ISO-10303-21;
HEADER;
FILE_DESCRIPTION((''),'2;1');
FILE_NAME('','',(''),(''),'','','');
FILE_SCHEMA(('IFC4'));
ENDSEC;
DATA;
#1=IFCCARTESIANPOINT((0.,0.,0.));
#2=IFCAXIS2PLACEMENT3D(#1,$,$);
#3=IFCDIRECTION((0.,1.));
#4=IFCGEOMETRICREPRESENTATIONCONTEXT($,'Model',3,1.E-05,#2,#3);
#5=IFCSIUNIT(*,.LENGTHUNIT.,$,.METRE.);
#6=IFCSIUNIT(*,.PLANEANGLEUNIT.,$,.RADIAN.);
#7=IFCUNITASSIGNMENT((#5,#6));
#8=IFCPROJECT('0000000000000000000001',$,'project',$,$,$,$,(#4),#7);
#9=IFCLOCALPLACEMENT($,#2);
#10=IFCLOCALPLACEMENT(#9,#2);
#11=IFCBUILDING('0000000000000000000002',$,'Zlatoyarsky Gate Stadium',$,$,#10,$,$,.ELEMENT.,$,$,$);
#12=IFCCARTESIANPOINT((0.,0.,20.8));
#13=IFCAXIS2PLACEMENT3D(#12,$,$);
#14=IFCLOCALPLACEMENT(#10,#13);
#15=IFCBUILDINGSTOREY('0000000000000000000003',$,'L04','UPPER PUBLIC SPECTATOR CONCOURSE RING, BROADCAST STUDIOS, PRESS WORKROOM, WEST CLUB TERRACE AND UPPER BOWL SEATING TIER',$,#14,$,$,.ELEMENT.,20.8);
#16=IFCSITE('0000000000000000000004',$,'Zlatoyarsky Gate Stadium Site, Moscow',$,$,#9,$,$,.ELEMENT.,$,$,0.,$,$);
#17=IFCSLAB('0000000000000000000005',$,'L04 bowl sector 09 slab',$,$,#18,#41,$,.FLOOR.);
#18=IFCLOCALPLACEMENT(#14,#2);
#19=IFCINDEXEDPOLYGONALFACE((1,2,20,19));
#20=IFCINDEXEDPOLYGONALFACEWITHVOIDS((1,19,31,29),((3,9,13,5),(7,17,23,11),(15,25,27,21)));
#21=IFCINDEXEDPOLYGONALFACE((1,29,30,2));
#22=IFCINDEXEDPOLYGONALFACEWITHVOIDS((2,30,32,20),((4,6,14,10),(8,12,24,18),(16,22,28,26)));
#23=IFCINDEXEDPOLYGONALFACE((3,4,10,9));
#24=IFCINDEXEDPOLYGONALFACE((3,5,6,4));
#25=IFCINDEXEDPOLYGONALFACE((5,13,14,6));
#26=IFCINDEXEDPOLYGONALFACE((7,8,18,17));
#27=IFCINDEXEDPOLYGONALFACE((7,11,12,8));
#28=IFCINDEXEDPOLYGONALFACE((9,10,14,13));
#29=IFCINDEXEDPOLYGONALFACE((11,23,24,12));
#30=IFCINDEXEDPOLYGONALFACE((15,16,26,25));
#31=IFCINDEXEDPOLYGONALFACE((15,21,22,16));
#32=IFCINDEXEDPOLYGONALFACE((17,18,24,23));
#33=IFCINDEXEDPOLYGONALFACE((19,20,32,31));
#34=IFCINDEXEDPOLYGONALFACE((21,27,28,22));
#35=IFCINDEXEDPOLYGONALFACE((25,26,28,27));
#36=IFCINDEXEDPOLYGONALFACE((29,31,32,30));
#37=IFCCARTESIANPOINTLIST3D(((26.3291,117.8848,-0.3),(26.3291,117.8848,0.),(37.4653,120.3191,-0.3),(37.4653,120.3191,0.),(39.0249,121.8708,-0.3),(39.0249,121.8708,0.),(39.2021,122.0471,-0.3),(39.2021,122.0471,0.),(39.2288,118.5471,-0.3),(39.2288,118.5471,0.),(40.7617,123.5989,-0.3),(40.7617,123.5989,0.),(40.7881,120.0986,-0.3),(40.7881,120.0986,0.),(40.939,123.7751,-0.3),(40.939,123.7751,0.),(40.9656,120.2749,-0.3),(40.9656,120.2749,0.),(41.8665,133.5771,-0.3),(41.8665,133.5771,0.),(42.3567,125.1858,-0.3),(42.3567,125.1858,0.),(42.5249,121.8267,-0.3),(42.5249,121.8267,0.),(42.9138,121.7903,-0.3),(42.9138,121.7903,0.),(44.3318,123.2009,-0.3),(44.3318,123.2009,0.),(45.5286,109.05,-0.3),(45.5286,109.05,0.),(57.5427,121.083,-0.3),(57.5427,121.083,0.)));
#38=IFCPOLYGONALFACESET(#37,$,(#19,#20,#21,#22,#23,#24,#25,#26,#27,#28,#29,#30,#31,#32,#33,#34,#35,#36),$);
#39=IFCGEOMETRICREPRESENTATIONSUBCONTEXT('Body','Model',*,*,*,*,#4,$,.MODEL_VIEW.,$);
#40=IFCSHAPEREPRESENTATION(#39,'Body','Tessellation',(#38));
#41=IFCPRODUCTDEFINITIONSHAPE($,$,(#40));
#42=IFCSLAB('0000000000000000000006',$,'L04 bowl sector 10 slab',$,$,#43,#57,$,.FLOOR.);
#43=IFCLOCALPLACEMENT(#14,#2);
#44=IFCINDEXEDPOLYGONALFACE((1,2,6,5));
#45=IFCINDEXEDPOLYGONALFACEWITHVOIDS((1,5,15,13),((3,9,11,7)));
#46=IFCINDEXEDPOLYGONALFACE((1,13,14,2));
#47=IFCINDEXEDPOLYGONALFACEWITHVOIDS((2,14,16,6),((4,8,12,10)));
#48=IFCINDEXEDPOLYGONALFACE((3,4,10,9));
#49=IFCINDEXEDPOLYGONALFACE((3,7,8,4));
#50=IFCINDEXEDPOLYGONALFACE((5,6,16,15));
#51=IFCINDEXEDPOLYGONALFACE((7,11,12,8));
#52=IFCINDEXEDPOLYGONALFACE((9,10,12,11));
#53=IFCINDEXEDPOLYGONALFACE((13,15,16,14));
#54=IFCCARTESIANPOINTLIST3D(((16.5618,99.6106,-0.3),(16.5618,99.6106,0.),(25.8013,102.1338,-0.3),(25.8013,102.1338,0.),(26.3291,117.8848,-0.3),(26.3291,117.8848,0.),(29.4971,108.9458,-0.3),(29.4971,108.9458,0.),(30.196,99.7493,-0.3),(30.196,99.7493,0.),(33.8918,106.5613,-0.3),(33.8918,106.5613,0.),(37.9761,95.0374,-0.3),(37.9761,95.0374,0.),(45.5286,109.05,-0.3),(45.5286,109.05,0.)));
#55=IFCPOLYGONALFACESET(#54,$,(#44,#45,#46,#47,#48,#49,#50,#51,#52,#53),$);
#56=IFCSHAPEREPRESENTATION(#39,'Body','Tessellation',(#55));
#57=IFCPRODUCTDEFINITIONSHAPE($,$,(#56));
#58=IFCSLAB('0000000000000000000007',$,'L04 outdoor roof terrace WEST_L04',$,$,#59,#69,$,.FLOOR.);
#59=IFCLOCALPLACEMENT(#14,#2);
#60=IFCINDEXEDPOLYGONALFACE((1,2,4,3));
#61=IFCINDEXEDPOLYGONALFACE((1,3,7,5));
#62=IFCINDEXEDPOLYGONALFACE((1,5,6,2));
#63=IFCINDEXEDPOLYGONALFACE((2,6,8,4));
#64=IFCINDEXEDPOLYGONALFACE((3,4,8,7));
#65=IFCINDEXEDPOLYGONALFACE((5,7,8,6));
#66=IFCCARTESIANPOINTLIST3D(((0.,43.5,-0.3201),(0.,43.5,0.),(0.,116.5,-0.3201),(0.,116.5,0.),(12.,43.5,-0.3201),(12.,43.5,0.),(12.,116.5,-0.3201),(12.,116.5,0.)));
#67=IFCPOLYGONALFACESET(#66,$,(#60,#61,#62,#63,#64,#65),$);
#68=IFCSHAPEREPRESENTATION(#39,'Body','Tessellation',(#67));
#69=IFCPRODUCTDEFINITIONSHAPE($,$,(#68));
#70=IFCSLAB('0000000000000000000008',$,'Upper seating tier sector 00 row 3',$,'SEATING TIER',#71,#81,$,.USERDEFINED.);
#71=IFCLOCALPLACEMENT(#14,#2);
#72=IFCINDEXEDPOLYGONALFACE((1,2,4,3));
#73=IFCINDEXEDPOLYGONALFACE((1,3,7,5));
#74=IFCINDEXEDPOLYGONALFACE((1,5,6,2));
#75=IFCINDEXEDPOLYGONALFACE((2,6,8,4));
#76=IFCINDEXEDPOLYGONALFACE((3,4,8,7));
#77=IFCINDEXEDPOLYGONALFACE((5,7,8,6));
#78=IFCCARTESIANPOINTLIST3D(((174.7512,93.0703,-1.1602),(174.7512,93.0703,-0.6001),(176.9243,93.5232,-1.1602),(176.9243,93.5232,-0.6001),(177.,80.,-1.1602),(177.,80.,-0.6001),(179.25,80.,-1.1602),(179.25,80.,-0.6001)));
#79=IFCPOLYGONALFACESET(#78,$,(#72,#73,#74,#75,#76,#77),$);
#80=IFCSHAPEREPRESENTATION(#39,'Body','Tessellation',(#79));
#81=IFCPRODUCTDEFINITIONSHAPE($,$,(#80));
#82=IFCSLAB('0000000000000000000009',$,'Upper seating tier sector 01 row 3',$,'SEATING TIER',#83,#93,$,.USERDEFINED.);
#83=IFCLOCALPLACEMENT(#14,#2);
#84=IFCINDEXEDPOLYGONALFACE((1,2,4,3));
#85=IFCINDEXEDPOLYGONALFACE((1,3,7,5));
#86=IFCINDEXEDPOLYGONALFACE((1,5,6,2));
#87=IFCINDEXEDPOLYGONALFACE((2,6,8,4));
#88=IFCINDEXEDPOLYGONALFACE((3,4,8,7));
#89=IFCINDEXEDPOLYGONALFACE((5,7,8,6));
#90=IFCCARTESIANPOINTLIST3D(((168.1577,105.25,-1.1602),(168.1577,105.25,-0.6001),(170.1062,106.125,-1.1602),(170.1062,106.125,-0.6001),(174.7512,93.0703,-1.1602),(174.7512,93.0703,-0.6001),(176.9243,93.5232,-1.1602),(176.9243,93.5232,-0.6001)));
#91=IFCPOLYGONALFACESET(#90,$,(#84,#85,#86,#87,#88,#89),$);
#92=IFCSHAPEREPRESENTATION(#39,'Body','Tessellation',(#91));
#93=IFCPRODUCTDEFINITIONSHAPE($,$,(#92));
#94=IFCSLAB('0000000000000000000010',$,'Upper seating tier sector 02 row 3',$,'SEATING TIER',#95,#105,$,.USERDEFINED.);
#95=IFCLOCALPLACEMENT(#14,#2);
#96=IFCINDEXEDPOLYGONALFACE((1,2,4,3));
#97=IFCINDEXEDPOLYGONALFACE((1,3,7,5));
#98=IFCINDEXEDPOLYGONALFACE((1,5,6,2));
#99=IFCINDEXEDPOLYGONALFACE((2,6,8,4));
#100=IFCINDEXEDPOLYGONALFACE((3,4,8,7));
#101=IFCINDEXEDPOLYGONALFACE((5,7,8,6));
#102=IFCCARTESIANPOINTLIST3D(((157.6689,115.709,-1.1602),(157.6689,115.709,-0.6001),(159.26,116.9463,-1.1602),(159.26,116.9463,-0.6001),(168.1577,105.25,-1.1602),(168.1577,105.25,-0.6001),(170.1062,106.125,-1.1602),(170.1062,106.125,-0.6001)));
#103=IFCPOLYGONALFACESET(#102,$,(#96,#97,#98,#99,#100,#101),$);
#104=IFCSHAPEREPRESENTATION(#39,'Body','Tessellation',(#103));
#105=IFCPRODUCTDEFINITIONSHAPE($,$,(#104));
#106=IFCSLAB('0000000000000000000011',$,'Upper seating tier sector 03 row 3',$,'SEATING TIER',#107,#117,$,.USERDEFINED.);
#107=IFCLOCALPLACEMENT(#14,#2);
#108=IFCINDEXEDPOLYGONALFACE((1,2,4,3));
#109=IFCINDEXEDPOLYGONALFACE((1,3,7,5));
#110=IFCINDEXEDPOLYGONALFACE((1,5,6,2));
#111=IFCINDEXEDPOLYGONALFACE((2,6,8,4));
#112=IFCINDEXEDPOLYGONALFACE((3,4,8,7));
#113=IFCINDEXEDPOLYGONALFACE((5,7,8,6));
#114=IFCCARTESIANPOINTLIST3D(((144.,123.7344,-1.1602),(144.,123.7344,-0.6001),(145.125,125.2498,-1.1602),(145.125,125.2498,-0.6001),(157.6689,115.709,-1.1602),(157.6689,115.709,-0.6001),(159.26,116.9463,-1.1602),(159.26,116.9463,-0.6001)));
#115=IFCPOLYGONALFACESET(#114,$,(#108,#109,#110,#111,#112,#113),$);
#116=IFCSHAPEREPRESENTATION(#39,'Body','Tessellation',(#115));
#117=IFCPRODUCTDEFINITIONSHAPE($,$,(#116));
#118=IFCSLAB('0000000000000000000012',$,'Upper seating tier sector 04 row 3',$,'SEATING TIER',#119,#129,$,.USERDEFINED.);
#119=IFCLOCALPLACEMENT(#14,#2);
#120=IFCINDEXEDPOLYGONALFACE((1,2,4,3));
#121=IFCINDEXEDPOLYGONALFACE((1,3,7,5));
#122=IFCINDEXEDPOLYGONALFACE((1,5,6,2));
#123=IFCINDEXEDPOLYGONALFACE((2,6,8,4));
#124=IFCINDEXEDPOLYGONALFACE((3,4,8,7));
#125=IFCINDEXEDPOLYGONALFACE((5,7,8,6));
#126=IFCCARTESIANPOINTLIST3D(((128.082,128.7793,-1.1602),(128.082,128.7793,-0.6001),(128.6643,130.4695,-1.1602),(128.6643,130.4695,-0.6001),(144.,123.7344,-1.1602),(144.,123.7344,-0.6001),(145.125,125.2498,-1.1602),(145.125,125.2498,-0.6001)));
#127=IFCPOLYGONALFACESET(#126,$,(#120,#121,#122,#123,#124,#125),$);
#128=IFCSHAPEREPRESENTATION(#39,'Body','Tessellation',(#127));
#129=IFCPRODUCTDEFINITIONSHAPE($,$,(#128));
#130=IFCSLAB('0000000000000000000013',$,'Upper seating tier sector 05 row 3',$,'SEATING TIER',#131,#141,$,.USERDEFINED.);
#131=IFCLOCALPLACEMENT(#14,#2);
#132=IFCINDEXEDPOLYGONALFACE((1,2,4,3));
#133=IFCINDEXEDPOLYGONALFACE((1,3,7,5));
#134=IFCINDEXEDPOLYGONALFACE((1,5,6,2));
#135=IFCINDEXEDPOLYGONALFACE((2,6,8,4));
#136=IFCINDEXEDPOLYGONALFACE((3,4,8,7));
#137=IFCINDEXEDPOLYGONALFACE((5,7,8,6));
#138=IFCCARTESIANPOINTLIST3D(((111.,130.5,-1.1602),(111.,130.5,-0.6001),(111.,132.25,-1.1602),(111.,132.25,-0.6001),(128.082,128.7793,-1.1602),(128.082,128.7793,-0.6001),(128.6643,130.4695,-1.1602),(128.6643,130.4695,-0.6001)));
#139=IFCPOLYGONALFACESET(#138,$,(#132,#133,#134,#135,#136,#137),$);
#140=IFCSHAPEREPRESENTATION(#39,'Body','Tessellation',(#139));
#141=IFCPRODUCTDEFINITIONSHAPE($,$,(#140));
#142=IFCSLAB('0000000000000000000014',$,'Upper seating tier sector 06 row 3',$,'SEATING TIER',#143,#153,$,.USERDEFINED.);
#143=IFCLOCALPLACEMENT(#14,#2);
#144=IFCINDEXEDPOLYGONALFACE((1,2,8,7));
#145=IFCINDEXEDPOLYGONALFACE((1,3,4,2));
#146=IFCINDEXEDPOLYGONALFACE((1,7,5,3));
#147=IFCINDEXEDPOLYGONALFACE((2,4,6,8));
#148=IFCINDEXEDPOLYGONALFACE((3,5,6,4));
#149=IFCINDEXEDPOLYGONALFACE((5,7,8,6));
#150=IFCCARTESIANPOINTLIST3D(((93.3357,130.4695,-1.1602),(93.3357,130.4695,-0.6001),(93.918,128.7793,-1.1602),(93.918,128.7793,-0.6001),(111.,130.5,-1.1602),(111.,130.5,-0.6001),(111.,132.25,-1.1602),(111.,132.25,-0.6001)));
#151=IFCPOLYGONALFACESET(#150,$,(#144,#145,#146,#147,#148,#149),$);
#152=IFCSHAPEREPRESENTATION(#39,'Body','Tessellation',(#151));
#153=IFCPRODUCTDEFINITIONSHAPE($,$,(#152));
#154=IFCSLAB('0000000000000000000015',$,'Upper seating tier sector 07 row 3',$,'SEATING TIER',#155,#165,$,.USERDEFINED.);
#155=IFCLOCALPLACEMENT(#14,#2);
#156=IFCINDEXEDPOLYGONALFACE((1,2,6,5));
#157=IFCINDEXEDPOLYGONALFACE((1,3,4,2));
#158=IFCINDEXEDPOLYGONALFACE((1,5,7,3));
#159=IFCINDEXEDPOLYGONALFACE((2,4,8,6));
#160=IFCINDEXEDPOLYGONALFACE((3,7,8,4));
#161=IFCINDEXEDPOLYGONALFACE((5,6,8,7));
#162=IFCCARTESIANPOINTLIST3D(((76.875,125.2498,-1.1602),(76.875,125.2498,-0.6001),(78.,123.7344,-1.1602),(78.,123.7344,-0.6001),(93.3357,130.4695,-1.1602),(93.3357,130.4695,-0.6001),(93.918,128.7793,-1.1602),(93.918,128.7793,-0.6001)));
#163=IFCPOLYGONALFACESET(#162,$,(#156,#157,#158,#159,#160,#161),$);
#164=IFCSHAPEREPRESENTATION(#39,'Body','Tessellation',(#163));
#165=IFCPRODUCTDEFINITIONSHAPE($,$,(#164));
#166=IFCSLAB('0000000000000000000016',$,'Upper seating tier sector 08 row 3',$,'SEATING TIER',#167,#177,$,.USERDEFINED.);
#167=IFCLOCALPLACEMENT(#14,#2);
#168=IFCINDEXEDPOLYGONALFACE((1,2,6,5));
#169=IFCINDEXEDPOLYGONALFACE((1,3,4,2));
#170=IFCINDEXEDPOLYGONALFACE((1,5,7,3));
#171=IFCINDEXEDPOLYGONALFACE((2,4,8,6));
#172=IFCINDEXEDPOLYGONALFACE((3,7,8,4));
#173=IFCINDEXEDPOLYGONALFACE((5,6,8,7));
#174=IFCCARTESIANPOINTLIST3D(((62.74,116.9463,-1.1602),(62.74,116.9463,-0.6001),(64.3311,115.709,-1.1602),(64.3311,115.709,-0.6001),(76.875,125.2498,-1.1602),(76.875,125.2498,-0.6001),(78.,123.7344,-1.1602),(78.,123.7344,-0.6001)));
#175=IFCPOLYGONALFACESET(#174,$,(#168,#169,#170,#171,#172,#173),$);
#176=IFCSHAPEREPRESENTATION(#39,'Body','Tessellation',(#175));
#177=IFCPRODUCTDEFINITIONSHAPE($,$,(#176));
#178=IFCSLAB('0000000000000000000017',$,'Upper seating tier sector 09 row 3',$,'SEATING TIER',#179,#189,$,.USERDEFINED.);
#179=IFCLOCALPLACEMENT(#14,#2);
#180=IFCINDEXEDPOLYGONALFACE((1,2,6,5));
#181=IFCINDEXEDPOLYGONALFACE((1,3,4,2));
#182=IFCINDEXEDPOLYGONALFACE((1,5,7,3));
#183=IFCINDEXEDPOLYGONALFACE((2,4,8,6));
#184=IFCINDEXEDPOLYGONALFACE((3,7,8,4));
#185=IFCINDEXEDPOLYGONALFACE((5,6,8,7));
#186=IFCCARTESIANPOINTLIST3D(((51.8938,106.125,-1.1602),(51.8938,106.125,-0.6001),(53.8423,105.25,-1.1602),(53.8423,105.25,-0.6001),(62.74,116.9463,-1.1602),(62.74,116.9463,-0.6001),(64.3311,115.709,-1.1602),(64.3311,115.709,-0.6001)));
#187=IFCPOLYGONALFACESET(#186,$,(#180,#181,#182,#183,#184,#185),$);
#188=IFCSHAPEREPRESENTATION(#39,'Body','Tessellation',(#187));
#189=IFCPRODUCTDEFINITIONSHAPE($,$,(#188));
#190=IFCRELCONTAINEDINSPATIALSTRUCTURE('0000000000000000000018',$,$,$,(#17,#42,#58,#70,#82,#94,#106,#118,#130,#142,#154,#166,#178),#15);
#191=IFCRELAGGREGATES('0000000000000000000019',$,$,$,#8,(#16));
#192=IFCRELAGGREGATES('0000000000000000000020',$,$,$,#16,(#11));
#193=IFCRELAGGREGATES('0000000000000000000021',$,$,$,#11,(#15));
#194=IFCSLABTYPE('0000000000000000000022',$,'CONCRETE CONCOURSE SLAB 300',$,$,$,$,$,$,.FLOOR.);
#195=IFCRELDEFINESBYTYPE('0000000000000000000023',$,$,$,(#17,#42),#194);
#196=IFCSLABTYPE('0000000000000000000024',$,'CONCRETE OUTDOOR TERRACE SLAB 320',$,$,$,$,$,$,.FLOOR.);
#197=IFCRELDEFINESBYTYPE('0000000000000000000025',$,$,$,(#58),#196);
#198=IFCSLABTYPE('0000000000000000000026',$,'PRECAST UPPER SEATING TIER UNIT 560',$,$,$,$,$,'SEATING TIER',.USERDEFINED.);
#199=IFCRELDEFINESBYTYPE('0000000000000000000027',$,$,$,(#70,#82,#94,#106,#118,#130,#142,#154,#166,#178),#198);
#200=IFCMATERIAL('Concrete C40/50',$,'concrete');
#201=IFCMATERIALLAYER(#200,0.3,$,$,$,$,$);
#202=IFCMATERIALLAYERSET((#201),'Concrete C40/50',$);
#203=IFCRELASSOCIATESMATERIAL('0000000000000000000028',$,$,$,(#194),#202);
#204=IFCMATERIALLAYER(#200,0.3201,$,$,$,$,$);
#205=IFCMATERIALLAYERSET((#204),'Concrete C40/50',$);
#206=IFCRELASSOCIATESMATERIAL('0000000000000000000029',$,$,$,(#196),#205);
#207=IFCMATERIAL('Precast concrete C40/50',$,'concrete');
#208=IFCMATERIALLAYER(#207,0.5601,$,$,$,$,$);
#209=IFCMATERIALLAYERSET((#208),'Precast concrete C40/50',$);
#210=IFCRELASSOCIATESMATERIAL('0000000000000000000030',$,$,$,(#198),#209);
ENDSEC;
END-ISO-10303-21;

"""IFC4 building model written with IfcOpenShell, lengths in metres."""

from ifc_helpers import new_model, si_unit, direction, frame, origin, place, context, subcontext, project, spatial, polyline, outline, extrude, material, layer, layer_set, type_object, element, save


model = new_model("IFC4")

# Units and contexts
model_context = context("Model", 3, precision=1e-05, world=origin(), true_north=direction((0.0, 1.0)))
body_context = subcontext(model_context, "Body", "Model", "MODEL_VIEW")
ifc_project = project(units=[si_unit("LENGTHUNIT", "METRE"), si_unit("PLANEANGLEUNIT", "RADIAN")], contexts=[model_context])

# Site, building, storey
site_placement = place(None, origin())
site = spatial("IfcSite", under=ifc_project, at=site_placement, Name="Zlatoyarsky Gate Stadium Site, Moscow", CompositionType="ELEMENT", RefElevation=0.0)
building_placement = place(site_placement, origin())
building = spatial("IfcBuilding", under=site, at=building_placement, Name="Zlatoyarsky Gate Stadium", CompositionType="ELEMENT")
storey_placement = place(building_placement, frame((0.0, 0.0, 20.8)))
storey = spatial("IfcBuildingStorey", under=building, at=storey_placement, Name="L04", Description="UPPER PUBLIC SPECTATOR CONCOURSE RING, BROADCAST STUDIOS, PRESS WORKROOM, WEST CLUB TERRACE AND UPPER BOWL SEATING TIER", CompositionType="ELEMENT", Elevation=20.8)

# Slabs
ifc_material_1 = material(Name="Concrete C40/50", Category="concrete")
ifc_layer_1 = layer(ifc_material_1, 0.3)
ifc_layer_set_1 = layer_set([ifc_layer_1], Name="Concrete C40/50")
slab_type_1 = type_object("IfcSlabType", Name="CONCRETE CONCOURSE SLAB 300", PredefinedType="FLOOR", material=ifc_layer_set_1)
slab_1_placement = place(storey_placement, frame((0.0, 0.0, -0.3)))
element("IfcSlab", 1, at=slab_1_placement, inside=storey, type_object=slab_type_1, Name="L04 bowl sector 09 slab", PredefinedType="FLOOR", context=body_context, shape_type="SweptSolid", body=[
    extrude(outline(polyline([(45.5286, 109.05), (26.3291, 117.8848), (41.8665, 133.5771), (57.5427, 121.083), (45.5286, 109.05)]), holes=[polyline([(39.0249, 121.8708), (37.4653, 120.3191), (39.2288, 118.5471), (40.7881, 120.0986), (39.0249, 121.8708)]), polyline([(40.7617, 123.5989), (39.2021, 122.0471), (40.9656, 120.2749), (42.5249, 121.8267), (40.7617, 123.5989)]), polyline([(42.3567, 125.1858), (40.939, 123.7751), (42.9138, 121.7903), (44.3318, 123.2009), (42.3567, 125.1858)])]), origin(), (0.0, 0.0, 1.0), 0.3),
])
slab_2_placement = place(storey_placement, frame((0.0, 0.0, -0.3)))
element("IfcSlab", 2, at=slab_2_placement, inside=storey, type_object=slab_type_1, Name="L04 bowl sector 10 slab", PredefinedType="FLOOR", context=body_context, shape_type="SweptSolid", body=[
    extrude(outline(polyline([(37.9761, 95.0374), (16.5618, 99.6106), (26.3291, 117.8848), (45.5286, 109.05), (37.9761, 95.0374)]), holes=[polyline([(29.4971, 108.9458), (25.8013, 102.1338), (30.196, 99.7493), (33.8918, 106.5613), (29.4971, 108.9458)])]), origin(), (0.0, 0.0, 1.0), 0.3),
])
ifc_layer_2 = layer(ifc_material_1, 0.3201)
ifc_layer_set_2 = layer_set([ifc_layer_2], Name="Concrete C40/50")
slab_type_2 = type_object("IfcSlabType", Name="CONCRETE OUTDOOR TERRACE SLAB 320", PredefinedType="FLOOR", material=ifc_layer_set_2)
slab_3_placement = place(storey_placement, frame((0.0, 0.0, -0.3201)))
element("IfcSlab", 3, at=slab_3_placement, inside=storey, type_object=slab_type_2, Name="L04 outdoor roof terrace WEST_L04", PredefinedType="FLOOR", context=body_context, shape_type="SweptSolid", body=[
    extrude(outline(polyline([(0.0, 43.5), (0.0, 116.5), (12.0, 116.5), (12.0, 43.5), (0.0, 43.5)])), origin(), (0.0, 0.0, 1.0), 0.3201),
])
ifc_material_2 = material(Name="Precast concrete C40/50", Category="concrete")
ifc_layer_3 = layer(ifc_material_2, 0.5601)
ifc_layer_set_3 = layer_set([ifc_layer_3], Name="Precast concrete C40/50")
slab_type_3 = type_object("IfcSlabType", Name="PRECAST UPPER SEATING TIER UNIT 560", ElementType="SEATING TIER", PredefinedType="USERDEFINED", material=ifc_layer_set_3)
slab_4_placement = place(storey_placement, frame((0.0, 0.0, -1.1602)))
element("IfcSlab", 4, at=slab_4_placement, inside=storey, type_object=slab_type_3, Name="Upper seating tier sector 00 row 3", ObjectType="SEATING TIER", PredefinedType="USERDEFINED", context=body_context, shape_type="SweptSolid", body=[
    extrude(outline(polyline([(177.0, 80.0), (179.25, 80.0), (176.9243, 93.5232), (174.7512, 93.0703), (177.0, 80.0)])), origin(), (0.0, 0.0, 1.0), 0.5601),
])
slab_5_placement = place(storey_placement, frame((0.0, 0.0, -1.1602)))
element("IfcSlab", 5, at=slab_5_placement, inside=storey, type_object=slab_type_3, Name="Upper seating tier sector 01 row 3", ObjectType="SEATING TIER", PredefinedType="USERDEFINED", context=body_context, shape_type="SweptSolid", body=[
    extrude(outline(polyline([(174.7512, 93.0703), (176.9243, 93.5232), (170.1062, 106.125), (168.1577, 105.25), (174.7512, 93.0703)])), origin(), (0.0, 0.0, 1.0), 0.5601),
])
slab_6_placement = place(storey_placement, frame((0.0, 0.0, -1.1602)))
element("IfcSlab", 6, at=slab_6_placement, inside=storey, type_object=slab_type_3, Name="Upper seating tier sector 02 row 3", ObjectType="SEATING TIER", PredefinedType="USERDEFINED", context=body_context, shape_type="SweptSolid", body=[
    extrude(outline(polyline([(168.1577, 105.25), (170.1062, 106.125), (159.26, 116.9463), (157.6689, 115.709), (168.1577, 105.25)])), origin(), (0.0, 0.0, 1.0), 0.5601),
])
slab_7_placement = place(storey_placement, frame((0.0, 0.0, -1.1602)))
element("IfcSlab", 7, at=slab_7_placement, inside=storey, type_object=slab_type_3, Name="Upper seating tier sector 03 row 3", ObjectType="SEATING TIER", PredefinedType="USERDEFINED", context=body_context, shape_type="SweptSolid", body=[
    extrude(outline(polyline([(157.6689, 115.709), (159.26, 116.9463), (145.125, 125.2498), (144.0, 123.7344), (157.6689, 115.709)])), origin(), (0.0, 0.0, 1.0), 0.5601),
])
slab_8_placement = place(storey_placement, frame((0.0, 0.0, -1.1602)))
element("IfcSlab", 8, at=slab_8_placement, inside=storey, type_object=slab_type_3, Name="Upper seating tier sector 04 row 3", ObjectType="SEATING TIER", PredefinedType="USERDEFINED", context=body_context, shape_type="SweptSolid", body=[
    extrude(outline(polyline([(144.0, 123.7344), (145.125, 125.2498), (128.6643, 130.4695), (128.082, 128.7793), (144.0, 123.7344)])), origin(), (0.0, 0.0, 1.0), 0.5601),
])
slab_9_placement = place(storey_placement, frame((0.0, 0.0, -1.1602)))
element("IfcSlab", 9, at=slab_9_placement, inside=storey, type_object=slab_type_3, Name="Upper seating tier sector 05 row 3", ObjectType="SEATING TIER", PredefinedType="USERDEFINED", context=body_context, shape_type="SweptSolid", body=[
    extrude(outline(polyline([(128.082, 128.7793), (128.6643, 130.4695), (111.0, 132.25), (111.0, 130.5), (128.082, 128.7793)])), origin(), (0.0, 0.0, 1.0), 0.5601),
])
slab_10_placement = place(storey_placement, frame((0.0, 0.0, -1.1602)))
element("IfcSlab", 10, at=slab_10_placement, inside=storey, type_object=slab_type_3, Name="Upper seating tier sector 06 row 3", ObjectType="SEATING TIER", PredefinedType="USERDEFINED", context=body_context, shape_type="SweptSolid", body=[
    extrude(outline(polyline([(111.0, 130.5), (111.0, 132.25), (93.3357, 130.4695), (93.918, 128.7793), (111.0, 130.5)])), origin(), (0.0, 0.0, 1.0), 0.5601),
])
slab_11_placement = place(storey_placement, frame((0.0, 0.0, -1.1602)))
element("IfcSlab", 11, at=slab_11_placement, inside=storey, type_object=slab_type_3, Name="Upper seating tier sector 07 row 3", ObjectType="SEATING TIER", PredefinedType="USERDEFINED", context=body_context, shape_type="SweptSolid", body=[
    extrude(outline(polyline([(93.918, 128.7793), (93.3357, 130.4695), (76.875, 125.2498), (78.0, 123.7344), (93.918, 128.7793)])), origin(), (0.0, 0.0, 1.0), 0.5601),
])
slab_12_placement = place(storey_placement, frame((0.0, 0.0, -1.1602)))
element("IfcSlab", 12, at=slab_12_placement, inside=storey, type_object=slab_type_3, Name="Upper seating tier sector 08 row 3", ObjectType="SEATING TIER", PredefinedType="USERDEFINED", context=body_context, shape_type="SweptSolid", body=[
    extrude(outline(polyline([(78.0, 123.7344), (76.875, 125.2498), (62.74, 116.9463), (64.3311, 115.709), (78.0, 123.7344)])), origin(), (0.0, 0.0, 1.0), 0.5601),
])
slab_13_placement = place(storey_placement, frame((0.0, 0.0, -1.1602)))
element("IfcSlab", 13, at=slab_13_placement, inside=storey, type_object=slab_type_3, Name="Upper seating tier sector 09 row 3", ObjectType="SEATING TIER", PredefinedType="USERDEFINED", context=body_context, shape_type="SweptSolid", body=[
    extrude(outline(polyline([(64.3311, 115.709), (62.74, 116.9463), (51.8938, 106.125), (53.8423, 105.25), (64.3311, 115.709)])), origin(), (0.0, 0.0, 1.0), 0.5601),
])

save(model, "model.ifc")
